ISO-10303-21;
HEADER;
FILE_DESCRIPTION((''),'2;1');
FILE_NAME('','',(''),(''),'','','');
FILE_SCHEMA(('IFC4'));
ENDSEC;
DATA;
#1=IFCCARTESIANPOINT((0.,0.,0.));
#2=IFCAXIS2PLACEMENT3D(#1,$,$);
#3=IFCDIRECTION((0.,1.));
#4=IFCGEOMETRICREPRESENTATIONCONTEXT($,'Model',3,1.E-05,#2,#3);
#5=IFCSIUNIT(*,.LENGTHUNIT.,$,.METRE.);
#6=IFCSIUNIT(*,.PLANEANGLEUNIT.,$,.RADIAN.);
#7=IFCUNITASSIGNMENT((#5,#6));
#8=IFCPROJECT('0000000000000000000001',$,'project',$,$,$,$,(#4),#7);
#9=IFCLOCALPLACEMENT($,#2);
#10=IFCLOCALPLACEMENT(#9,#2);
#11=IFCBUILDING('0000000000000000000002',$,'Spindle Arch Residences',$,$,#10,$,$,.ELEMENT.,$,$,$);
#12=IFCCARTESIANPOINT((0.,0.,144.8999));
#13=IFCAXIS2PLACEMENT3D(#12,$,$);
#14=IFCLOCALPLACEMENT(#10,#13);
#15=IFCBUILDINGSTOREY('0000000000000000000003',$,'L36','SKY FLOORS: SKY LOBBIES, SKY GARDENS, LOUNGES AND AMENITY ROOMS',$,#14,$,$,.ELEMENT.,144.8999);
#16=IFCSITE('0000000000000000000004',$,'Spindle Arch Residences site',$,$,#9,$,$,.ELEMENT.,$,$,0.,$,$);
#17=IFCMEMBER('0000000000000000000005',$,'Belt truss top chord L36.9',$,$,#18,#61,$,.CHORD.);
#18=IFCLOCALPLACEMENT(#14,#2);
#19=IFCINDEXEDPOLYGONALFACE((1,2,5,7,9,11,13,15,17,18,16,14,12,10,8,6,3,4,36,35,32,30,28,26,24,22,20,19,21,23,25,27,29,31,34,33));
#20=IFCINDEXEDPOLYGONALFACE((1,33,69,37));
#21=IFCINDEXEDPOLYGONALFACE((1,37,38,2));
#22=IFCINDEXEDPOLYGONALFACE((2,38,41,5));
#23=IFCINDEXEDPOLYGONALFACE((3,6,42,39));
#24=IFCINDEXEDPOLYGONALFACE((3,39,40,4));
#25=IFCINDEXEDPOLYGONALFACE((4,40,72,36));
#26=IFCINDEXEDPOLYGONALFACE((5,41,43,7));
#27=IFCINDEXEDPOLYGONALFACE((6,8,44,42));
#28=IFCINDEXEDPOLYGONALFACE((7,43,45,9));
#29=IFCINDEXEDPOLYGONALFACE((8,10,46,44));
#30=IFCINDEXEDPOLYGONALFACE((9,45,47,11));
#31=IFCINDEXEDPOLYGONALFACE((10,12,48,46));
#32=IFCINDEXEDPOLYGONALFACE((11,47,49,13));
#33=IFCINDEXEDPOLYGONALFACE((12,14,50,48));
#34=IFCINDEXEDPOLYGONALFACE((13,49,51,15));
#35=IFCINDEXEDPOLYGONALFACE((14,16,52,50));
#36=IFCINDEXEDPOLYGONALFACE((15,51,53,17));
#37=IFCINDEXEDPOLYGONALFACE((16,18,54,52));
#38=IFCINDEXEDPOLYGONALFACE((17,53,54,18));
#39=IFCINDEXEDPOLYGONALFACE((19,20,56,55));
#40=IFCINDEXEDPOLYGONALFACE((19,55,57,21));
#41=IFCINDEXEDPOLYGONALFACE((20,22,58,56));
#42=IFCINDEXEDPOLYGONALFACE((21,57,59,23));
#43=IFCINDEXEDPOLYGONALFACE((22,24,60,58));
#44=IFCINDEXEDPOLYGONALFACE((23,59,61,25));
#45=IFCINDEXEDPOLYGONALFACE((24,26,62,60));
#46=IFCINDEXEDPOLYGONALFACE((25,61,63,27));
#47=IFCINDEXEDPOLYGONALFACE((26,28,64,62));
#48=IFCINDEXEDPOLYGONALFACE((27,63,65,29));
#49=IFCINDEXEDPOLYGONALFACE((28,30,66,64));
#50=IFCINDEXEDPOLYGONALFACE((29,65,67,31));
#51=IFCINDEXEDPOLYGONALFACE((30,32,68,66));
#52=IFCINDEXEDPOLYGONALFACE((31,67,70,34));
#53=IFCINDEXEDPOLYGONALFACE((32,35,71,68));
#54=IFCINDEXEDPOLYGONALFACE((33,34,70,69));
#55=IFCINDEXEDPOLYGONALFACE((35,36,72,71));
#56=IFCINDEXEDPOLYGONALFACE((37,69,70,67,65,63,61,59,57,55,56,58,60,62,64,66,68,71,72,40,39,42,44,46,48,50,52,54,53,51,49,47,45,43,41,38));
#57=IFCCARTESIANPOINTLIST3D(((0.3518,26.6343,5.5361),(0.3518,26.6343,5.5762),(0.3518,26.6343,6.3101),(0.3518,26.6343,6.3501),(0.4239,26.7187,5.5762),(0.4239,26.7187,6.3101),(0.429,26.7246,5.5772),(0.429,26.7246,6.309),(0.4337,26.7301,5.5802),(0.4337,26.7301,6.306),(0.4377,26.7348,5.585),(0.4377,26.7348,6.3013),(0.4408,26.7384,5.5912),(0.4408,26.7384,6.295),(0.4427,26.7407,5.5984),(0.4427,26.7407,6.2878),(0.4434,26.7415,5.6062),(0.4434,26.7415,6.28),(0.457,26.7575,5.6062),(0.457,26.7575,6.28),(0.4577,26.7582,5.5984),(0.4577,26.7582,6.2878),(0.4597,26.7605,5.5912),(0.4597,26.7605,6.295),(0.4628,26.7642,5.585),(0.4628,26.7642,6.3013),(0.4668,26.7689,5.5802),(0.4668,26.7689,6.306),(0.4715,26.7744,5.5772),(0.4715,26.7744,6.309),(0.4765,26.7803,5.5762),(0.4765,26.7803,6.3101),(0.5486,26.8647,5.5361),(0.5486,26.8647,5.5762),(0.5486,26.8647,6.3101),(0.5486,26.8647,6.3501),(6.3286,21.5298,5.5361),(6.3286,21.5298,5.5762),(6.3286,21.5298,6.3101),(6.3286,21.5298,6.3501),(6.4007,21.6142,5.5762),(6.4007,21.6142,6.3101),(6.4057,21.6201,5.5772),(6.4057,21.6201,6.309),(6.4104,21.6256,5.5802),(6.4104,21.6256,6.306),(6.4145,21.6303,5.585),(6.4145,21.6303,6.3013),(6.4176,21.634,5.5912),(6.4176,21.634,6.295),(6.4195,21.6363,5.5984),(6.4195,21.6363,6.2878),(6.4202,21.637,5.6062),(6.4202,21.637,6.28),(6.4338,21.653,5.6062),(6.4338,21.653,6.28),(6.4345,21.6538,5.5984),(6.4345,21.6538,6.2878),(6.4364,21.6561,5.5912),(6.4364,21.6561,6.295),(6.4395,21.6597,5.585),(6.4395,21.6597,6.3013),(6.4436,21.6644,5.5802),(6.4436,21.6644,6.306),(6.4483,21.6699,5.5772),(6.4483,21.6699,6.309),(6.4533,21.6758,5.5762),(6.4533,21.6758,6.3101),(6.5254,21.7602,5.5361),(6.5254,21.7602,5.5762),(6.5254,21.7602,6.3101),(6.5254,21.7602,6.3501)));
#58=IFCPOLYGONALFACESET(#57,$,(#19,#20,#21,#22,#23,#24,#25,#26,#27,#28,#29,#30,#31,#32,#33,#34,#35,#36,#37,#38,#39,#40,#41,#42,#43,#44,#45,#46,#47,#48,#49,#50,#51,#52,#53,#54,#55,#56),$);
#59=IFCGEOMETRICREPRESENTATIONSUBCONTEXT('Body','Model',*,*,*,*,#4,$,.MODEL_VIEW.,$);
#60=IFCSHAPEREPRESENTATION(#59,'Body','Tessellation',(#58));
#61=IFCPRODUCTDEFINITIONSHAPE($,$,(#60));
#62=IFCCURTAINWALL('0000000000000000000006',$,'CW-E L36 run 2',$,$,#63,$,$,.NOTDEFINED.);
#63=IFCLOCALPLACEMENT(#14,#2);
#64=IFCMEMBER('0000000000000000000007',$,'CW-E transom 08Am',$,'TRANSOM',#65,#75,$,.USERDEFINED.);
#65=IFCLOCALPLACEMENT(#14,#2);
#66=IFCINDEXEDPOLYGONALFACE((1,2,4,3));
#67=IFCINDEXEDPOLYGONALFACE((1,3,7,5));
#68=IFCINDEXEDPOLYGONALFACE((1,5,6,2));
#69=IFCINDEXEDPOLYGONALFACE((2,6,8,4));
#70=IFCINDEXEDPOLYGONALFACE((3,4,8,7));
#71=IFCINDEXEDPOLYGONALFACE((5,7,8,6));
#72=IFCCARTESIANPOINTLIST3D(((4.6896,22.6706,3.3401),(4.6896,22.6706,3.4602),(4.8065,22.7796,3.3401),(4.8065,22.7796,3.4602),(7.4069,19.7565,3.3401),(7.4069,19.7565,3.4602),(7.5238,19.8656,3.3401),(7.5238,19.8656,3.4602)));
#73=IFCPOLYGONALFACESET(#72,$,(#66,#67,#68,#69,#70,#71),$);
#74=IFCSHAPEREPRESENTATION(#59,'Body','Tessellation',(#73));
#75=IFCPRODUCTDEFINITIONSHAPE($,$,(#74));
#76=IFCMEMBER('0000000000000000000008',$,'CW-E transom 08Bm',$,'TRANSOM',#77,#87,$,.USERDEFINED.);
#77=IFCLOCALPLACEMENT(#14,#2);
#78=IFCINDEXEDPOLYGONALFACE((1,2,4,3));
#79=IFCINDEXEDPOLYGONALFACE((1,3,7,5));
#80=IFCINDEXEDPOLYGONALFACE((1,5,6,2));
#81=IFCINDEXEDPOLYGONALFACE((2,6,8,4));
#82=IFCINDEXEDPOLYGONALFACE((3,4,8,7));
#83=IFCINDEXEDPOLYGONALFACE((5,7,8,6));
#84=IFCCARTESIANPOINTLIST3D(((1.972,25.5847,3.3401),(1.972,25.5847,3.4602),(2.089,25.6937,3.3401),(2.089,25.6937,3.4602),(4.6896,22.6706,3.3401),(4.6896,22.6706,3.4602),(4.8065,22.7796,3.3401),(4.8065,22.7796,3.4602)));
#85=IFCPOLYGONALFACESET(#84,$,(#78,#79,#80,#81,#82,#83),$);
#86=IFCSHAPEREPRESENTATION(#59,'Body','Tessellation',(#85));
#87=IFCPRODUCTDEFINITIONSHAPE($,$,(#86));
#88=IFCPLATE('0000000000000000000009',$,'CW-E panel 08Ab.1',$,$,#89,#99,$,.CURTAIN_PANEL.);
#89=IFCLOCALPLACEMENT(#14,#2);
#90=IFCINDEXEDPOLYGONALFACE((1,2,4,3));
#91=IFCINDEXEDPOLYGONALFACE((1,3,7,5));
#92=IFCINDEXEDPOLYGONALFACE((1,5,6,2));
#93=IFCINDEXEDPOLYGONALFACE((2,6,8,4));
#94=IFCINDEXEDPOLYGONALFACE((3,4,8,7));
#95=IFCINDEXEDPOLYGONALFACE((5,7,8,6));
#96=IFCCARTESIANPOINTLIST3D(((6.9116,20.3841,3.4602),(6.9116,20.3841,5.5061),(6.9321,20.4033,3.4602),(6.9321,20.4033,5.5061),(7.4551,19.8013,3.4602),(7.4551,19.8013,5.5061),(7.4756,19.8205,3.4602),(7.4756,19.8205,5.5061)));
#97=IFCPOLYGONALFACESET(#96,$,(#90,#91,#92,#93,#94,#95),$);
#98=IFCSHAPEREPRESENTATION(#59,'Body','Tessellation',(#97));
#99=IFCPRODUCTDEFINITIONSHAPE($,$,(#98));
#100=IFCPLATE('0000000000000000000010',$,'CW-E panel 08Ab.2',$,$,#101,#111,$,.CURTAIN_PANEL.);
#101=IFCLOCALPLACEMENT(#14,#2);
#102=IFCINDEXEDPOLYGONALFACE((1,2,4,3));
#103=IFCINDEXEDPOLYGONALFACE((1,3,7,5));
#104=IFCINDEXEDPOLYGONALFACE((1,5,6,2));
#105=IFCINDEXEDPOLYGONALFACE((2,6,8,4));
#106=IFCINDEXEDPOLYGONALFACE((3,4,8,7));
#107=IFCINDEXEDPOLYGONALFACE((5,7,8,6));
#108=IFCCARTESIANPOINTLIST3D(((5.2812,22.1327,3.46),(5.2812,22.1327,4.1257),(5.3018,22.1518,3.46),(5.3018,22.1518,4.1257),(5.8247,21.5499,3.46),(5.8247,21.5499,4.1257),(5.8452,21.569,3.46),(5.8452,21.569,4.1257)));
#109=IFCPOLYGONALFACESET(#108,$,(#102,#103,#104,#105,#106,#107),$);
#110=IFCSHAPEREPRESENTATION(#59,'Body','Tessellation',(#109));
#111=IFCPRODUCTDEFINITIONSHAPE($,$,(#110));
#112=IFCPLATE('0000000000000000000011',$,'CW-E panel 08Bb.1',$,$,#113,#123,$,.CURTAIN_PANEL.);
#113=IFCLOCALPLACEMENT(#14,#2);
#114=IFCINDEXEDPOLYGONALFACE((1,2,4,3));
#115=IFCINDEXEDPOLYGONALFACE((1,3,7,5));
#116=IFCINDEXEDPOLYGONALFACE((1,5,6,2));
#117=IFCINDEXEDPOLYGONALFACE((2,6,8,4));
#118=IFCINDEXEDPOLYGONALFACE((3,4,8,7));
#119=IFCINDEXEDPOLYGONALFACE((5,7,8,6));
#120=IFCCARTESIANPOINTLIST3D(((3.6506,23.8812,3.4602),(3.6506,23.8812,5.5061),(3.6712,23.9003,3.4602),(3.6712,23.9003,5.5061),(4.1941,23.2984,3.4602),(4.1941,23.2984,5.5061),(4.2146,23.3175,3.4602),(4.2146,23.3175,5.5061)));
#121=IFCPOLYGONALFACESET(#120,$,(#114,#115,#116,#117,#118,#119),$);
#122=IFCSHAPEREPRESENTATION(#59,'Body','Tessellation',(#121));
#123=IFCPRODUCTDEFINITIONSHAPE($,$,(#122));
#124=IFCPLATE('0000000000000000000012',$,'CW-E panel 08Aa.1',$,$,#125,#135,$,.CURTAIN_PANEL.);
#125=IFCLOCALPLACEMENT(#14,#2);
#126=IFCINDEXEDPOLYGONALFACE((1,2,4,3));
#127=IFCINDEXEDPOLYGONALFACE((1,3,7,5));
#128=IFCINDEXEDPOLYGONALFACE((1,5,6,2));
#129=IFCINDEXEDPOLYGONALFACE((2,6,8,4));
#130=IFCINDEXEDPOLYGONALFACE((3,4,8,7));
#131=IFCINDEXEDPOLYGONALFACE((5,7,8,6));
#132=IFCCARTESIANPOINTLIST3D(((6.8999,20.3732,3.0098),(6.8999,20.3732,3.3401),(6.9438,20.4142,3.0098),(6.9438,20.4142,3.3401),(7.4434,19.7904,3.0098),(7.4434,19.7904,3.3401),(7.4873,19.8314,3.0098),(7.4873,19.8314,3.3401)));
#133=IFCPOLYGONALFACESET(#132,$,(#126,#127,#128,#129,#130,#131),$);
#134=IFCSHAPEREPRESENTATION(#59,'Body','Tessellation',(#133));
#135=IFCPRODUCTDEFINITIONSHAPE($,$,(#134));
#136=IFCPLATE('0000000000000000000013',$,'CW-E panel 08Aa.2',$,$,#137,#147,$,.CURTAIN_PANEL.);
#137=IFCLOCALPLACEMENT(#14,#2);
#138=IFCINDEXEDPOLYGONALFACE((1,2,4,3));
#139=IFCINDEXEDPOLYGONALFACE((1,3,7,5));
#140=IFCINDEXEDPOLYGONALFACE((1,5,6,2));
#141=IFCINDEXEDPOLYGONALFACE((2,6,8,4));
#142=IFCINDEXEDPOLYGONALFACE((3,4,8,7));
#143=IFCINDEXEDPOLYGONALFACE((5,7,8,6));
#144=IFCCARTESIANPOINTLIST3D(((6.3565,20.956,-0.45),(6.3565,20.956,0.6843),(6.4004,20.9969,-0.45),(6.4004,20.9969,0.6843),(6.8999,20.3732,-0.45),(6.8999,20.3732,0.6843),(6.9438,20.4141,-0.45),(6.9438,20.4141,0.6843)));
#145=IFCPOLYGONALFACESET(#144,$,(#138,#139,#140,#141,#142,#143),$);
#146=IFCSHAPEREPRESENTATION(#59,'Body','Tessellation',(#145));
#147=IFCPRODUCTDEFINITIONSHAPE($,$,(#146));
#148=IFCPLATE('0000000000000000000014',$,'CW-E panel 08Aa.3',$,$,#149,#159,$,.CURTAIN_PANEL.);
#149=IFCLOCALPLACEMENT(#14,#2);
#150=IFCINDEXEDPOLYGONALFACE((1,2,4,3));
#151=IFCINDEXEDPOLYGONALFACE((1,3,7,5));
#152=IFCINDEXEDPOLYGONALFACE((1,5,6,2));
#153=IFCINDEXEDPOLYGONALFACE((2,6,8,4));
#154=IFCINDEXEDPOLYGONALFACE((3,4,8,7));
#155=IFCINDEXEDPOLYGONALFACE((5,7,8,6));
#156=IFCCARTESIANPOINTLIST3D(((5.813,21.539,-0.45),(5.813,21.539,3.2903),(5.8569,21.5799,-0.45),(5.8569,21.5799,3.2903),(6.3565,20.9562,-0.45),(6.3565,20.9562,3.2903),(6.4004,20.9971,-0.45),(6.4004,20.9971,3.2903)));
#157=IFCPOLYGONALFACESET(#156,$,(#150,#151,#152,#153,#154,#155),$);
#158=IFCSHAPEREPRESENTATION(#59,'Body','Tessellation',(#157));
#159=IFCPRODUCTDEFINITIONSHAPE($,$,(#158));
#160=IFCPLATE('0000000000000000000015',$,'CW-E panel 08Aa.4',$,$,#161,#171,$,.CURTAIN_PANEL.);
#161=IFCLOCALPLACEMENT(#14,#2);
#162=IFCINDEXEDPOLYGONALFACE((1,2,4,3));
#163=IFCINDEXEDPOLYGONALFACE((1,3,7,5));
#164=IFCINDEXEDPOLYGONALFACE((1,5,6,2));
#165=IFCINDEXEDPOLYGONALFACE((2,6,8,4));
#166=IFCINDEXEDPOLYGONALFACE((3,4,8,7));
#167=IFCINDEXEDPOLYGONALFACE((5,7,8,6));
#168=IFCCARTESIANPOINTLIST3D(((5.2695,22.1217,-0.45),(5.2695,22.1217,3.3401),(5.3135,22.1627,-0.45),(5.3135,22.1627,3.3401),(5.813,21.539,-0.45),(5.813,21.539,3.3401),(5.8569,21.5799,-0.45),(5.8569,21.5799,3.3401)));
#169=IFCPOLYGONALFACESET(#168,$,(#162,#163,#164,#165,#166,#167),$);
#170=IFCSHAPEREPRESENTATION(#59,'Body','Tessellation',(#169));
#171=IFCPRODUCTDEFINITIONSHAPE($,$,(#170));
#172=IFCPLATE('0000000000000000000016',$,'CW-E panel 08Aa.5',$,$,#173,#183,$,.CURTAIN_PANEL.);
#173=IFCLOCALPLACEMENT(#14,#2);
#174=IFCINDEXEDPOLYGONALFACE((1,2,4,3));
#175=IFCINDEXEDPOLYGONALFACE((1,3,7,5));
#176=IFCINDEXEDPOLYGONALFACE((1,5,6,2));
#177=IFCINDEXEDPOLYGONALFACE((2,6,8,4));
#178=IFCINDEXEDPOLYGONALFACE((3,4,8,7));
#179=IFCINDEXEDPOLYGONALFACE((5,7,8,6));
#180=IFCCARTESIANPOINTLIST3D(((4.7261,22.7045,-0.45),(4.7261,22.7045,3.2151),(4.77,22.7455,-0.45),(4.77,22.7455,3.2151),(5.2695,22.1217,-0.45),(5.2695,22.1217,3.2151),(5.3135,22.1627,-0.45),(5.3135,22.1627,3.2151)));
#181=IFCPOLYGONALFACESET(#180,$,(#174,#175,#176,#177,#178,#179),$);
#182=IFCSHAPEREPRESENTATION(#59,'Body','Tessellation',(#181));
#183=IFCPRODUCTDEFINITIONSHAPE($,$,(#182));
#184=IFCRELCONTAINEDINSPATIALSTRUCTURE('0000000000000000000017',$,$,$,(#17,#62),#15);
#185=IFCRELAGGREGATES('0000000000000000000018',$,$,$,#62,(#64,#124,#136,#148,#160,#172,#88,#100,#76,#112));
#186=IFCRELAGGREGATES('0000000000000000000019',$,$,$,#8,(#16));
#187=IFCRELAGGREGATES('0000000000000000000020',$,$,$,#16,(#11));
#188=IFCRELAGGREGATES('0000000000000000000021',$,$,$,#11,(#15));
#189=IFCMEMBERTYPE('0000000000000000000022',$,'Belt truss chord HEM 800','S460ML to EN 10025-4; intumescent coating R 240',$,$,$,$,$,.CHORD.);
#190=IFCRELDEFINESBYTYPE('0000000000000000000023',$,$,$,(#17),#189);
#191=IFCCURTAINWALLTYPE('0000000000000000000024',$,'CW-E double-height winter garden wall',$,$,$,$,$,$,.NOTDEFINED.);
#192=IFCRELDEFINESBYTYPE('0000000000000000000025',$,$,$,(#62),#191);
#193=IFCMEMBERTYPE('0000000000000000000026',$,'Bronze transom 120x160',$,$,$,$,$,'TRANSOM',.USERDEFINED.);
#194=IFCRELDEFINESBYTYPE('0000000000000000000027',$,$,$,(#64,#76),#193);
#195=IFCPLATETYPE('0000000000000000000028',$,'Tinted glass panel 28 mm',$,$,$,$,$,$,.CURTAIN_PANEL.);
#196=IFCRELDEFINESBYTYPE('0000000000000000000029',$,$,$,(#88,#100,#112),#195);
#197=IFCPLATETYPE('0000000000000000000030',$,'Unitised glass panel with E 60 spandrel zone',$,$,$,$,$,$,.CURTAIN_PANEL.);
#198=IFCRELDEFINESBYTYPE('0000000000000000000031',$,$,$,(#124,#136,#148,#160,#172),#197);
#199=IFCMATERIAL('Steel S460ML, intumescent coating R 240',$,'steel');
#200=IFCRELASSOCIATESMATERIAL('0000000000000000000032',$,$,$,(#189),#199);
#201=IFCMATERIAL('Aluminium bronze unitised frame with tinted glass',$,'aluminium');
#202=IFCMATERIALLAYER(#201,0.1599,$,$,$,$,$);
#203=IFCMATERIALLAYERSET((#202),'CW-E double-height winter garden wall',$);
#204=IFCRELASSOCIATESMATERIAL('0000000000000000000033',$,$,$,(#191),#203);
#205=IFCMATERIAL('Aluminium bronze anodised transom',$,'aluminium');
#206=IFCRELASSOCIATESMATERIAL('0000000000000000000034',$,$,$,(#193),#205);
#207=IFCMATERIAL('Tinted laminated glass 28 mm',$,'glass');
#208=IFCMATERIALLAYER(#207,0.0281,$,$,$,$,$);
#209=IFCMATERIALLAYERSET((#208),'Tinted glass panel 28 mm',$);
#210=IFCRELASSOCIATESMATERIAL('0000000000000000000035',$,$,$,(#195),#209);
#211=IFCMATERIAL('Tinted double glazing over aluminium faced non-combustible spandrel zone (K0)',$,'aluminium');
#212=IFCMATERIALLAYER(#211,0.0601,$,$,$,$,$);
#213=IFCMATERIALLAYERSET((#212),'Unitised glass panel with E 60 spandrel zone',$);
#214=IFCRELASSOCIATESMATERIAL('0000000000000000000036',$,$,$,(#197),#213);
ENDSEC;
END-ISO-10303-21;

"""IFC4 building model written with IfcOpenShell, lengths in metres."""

from ifc_helpers import new_model, si_unit, direction, frame, origin, origin_2d, place, context, subcontext, project, spatial, rectangle, i_section, extrude, material, layer, layer_set, material_profile, profile_set, type_object, element, aggregate, save


model = new_model("IFC4")

# Units and contexts
model_context = context("Model", 3, precision=1e-05, world=origin(), true_north=direction((0.0, 1.0)))
body_context = subcontext(model_context, "Body", "Model", "MODEL_VIEW")
ifc_project = project(units=[si_unit("LENGTHUNIT", "METRE"), si_unit("PLANEANGLEUNIT", "RADIAN")], contexts=[model_context])

# Site, building, storey
site_placement = place(None, origin())
site = spatial("IfcSite", under=ifc_project, at=site_placement, Name="Spindle Arch Residences site", CompositionType="ELEMENT", RefElevation=0.0)
building_placement = place(site_placement, origin())
building = spatial("IfcBuilding", under=site, at=building_placement, Name="Spindle Arch Residences", CompositionType="ELEMENT")
storey_placement = place(building_placement, frame((0.0, 0.0, 144.8999)))
storey = spatial("IfcBuildingStorey", under=building, at=storey_placement, Name="L36", Description="SKY FLOORS: SKY LOBBIES, SKY GARDENS, LOUNGES AND AMENITY ROOMS", CompositionType="ELEMENT", Elevation=144.8999)

# Member
ifc_material_1 = material(Name="Steel S460ML, intumescent coating R 240", Category="steel")
ifc_material_profile_1 = material_profile(ifc_material_1, i_section(OverallWidth=0.303, OverallDepth=0.814, WebThickness=0.021, FlangeThickness=0.04, FilletRadius=0.03, at=origin_2d()), Name="HEM 800")
ifc_profile_set_1 = profile_set([ifc_material_profile_1], Name="Steel S460ML, intumescent coating R 240")
member_type_1 = type_object("IfcMemberType", Name="Belt truss chord HEM 800", Description="S460ML to EN 10025-4; intumescent coating R 240", PredefinedType="CHORD", material=ifc_profile_set_1)
member_1_placement = place(storey_placement, frame((6.427, 21.645, 5.9431), z_axis=(-0.760417, 0.649435, 0.0), x_axis=(-0.649435, -0.760417, 0.0)))
element("IfcMember", 1, at=member_1_placement, inside=storey, type_object=member_type_1, Name="Belt truss top chord L36.9", PredefinedType="CHORD", context=body_context, shape_type="SweptSolid", body=[
    extrude(i_section(OverallWidth=0.303, OverallDepth=0.814, WebThickness=0.021, FlangeThickness=0.04, FilletRadius=0.03, at=origin_2d()), origin(), (0.0, 0.0, 1.0), 7.8599),
])

# Curtain wall, members, plates
ifc_material_2 = material(Name="Aluminium bronze unitised frame with tinted glass", Category="aluminium")
ifc_layer_1 = layer(ifc_material_2, 0.1599)
ifc_layer_set_1 = layer_set([ifc_layer_1], Name="CW-E double-height winter garden wall")
curtain_wall_type = type_object("IfcCurtainWallType", Name="CW-E double-height winter garden wall", PredefinedType="NOTDEFINED", material=ifc_layer_set_1)
curtain_wall_placement = place(storey_placement, origin())
curtain_wall = element("IfcCurtainWall", 2, at=curtain_wall_placement, inside=storey, type_object=curtain_wall_type, Name="CW-E L36 run 2", PredefinedType="NOTDEFINED")
ifc_material_3 = material(Name="Aluminium bronze anodised transom", Category="aluminium")
ifc_material_profile_2 = material_profile(ifc_material_3, rectangle(XDim=0.1599, YDim=0.1201, at=origin_2d()), Name="TR 120x160")
ifc_profile_set_2 = profile_set([ifc_material_profile_2], Name="Aluminium bronze anodised transom")
member_type_2 = type_object("IfcMemberType", Name="Bronze transom 120x160", ElementType="TRANSOM", PredefinedType="USERDEFINED", material=ifc_profile_set_2)
member_2_placement = place(storey_placement, frame((7.4653, 19.811, 3.4001), z_axis=(-0.681982, 0.731369, 0.0), x_axis=(-0.731369, -0.681982, 0.0)))
member_2 = element("IfcMember", 3, at=member_2_placement, type_object=member_type_2, Name="CW-E transom 08Am", ObjectType="TRANSOM", PredefinedType="USERDEFINED", context=body_context, shape_type="SweptSolid", body=[
    extrude(rectangle(XDim=0.1599, YDim=0.1201, at=origin_2d()), origin(), (0.0, 0.0, 1.0), 3.9844),
])
member_3_placement = place(storey_placement, frame((4.748, 22.7251, 3.4001), z_axis=(-0.682015, 0.731338, 0.0), x_axis=(-0.731338, -0.682015, 0.0)))
member_3 = element("IfcMember", 4, at=member_3_placement, type_object=member_type_2, Name="CW-E transom 08Bm", ObjectType="TRANSOM", PredefinedType="USERDEFINED", context=body_context, shape_type="SweptSolid", body=[
    extrude(rectangle(XDim=0.1599, YDim=0.1201, at=origin_2d()), origin(), (0.0, 0.0, 1.0), 3.9846),
])
ifc_material_4 = material(Name="Tinted laminated glass 28 mm", Category="glass")
ifc_layer_2 = layer(ifc_material_4, 0.0281)
ifc_layer_set_2 = layer_set([ifc_layer_2], Name="Tinted glass panel 28 mm")
plate_type_1 = type_object("IfcPlateType", Name="Tinted glass panel 28 mm", PredefinedType="CURTAIN_PANEL", material=ifc_layer_set_2)
plate_1_placement = place(storey_placement, frame((7.1936, 20.1023, 3.4602), z_axis=(0.0, 0.0, 1.0), x_axis=(-0.681998, 0.731354, 0.0)))
plate_1 = element("IfcPlate", 5, at=plate_1_placement, type_object=plate_type_1, Name="CW-E panel 08Ab.1", PredefinedType="CURTAIN_PANEL", context=body_context, shape_type="SweptSolid", body=[
    extrude(rectangle(XDim=0.7969, YDim=0.0281, at=origin_2d()), origin(), (0.0, 0.0, 1.0), 2.0459),
])
plate_2_placement = place(storey_placement, frame((5.5632, 21.8508, 3.46), z_axis=(0.0, 0.0, 1.0), x_axis=(-0.681998, 0.731354, 0.0)))
plate_2 = element("IfcPlate", 6, at=plate_2_placement, type_object=plate_type_1, Name="CW-E panel 08Ab.2", PredefinedType="CURTAIN_PANEL", context=body_context, shape_type="SweptSolid", body=[
    extrude(rectangle(XDim=0.7969, YDim=0.0281, at=origin_2d()), origin(), (0.0, 0.0, 1.0), 0.6658),
])
plate_3_placement = place(storey_placement, frame((3.9326, 23.5994, 3.4602), z_axis=(0.0, 0.0, 1.0), x_axis=(-0.681998, 0.731354, 0.0)))
plate_3 = element("IfcPlate", 7, at=plate_3_placement, type_object=plate_type_1, Name="CW-E panel 08Bb.1", PredefinedType="CURTAIN_PANEL", context=body_context, shape_type="SweptSolid", body=[
    extrude(rectangle(XDim=0.7969, YDim=0.0281, at=origin_2d()), origin(), (0.0, 0.0, 1.0), 2.0459),
])
ifc_material_5 = material(Name="Tinted double glazing over aluminium faced non-combustible spandrel zone (K0)", Category="aluminium")
ifc_layer_3 = layer(ifc_material_5, 0.0601)
ifc_layer_set_3 = layer_set([ifc_layer_3], Name="Unitised glass panel with E 60 spandrel zone")
plate_type_2 = type_object("IfcPlateType", Name="Unitised glass panel with E 60 spandrel zone", PredefinedType="CURTAIN_PANEL", material=ifc_layer_set_3)
plate_4_placement = place(storey_placement, frame((7.1936, 20.1023, 3.0098), z_axis=(0.0, 0.0, 1.0), x_axis=(-0.681998, 0.731354, 0.0)))
plate_4 = element("IfcPlate", 8, at=plate_4_placement, type_object=plate_type_2, Name="CW-E panel 08Aa.1", PredefinedType="CURTAIN_PANEL", context=body_context, shape_type="SweptSolid", body=[
    extrude(rectangle(XDim=0.7969, YDim=0.0601, at=origin_2d()), origin(), (0.0, 0.0, 1.0), 0.3303),
])
plate_5_placement = place(storey_placement, frame((6.6501, 20.6851, -0.45), z_axis=(0.0, 0.0, 1.0), x_axis=(-0.681998, 0.731354, 0.0)))
plate_5 = element("IfcPlate", 9, at=plate_5_placement, type_object=plate_type_2, Name="CW-E panel 08Aa.2", PredefinedType="CURTAIN_PANEL", context=body_context, shape_type="SweptSolid", body=[
    extrude(rectangle(XDim=0.7969, YDim=0.0601, at=origin_2d()), origin(), (0.0, 0.0, 1.0), 1.1343),
])
plate_6_placement = place(storey_placement, frame((6.1067, 21.2681, -0.45), z_axis=(0.0, 0.0, 1.0), x_axis=(-0.681998, 0.731354, 0.0)))
plate_6 = element("IfcPlate", 10, at=plate_6_placement, type_object=plate_type_2, Name="CW-E panel 08Aa.3", PredefinedType="CURTAIN_PANEL", context=body_context, shape_type="SweptSolid", body=[
    extrude(rectangle(XDim=0.7969, YDim=0.0601, at=origin_2d()), origin(), (0.0, 0.0, 1.0), 3.7402),
])
plate_7_placement = place(storey_placement, frame((5.5632, 21.8508, -0.45), z_axis=(0.0, 0.0, 1.0), x_axis=(-0.681998, 0.731354, 0.0)))
plate_7 = element("IfcPlate", 11, at=plate_7_placement, type_object=plate_type_2, Name="CW-E panel 08Aa.4", PredefinedType="CURTAIN_PANEL", context=body_context, shape_type="SweptSolid", body=[
    extrude(rectangle(XDim=0.7969, YDim=0.0601, at=origin_2d()), origin(), (0.0, 0.0, 1.0), 3.79),
])
plate_8_placement = place(storey_placement, frame((5.0198, 22.4336, -0.45), z_axis=(0.0, 0.0, 1.0), x_axis=(-0.681998, 0.731354, 0.0)))
plate_8 = element("IfcPlate", 12, at=plate_8_placement, type_object=plate_type_2, Name="CW-E panel 08Aa.5", PredefinedType="CURTAIN_PANEL", context=body_context, shape_type="SweptSolid", body=[
    extrude(rectangle(XDim=0.7969, YDim=0.0601, at=origin_2d()), origin(), (0.0, 0.0, 1.0), 3.665),
])
aggregate(curtain_wall, [member_2, plate_4, plate_5, plate_6, plate_7, plate_8, plate_1, plate_2, member_3, plate_3])

save(model, "model.ifc")
